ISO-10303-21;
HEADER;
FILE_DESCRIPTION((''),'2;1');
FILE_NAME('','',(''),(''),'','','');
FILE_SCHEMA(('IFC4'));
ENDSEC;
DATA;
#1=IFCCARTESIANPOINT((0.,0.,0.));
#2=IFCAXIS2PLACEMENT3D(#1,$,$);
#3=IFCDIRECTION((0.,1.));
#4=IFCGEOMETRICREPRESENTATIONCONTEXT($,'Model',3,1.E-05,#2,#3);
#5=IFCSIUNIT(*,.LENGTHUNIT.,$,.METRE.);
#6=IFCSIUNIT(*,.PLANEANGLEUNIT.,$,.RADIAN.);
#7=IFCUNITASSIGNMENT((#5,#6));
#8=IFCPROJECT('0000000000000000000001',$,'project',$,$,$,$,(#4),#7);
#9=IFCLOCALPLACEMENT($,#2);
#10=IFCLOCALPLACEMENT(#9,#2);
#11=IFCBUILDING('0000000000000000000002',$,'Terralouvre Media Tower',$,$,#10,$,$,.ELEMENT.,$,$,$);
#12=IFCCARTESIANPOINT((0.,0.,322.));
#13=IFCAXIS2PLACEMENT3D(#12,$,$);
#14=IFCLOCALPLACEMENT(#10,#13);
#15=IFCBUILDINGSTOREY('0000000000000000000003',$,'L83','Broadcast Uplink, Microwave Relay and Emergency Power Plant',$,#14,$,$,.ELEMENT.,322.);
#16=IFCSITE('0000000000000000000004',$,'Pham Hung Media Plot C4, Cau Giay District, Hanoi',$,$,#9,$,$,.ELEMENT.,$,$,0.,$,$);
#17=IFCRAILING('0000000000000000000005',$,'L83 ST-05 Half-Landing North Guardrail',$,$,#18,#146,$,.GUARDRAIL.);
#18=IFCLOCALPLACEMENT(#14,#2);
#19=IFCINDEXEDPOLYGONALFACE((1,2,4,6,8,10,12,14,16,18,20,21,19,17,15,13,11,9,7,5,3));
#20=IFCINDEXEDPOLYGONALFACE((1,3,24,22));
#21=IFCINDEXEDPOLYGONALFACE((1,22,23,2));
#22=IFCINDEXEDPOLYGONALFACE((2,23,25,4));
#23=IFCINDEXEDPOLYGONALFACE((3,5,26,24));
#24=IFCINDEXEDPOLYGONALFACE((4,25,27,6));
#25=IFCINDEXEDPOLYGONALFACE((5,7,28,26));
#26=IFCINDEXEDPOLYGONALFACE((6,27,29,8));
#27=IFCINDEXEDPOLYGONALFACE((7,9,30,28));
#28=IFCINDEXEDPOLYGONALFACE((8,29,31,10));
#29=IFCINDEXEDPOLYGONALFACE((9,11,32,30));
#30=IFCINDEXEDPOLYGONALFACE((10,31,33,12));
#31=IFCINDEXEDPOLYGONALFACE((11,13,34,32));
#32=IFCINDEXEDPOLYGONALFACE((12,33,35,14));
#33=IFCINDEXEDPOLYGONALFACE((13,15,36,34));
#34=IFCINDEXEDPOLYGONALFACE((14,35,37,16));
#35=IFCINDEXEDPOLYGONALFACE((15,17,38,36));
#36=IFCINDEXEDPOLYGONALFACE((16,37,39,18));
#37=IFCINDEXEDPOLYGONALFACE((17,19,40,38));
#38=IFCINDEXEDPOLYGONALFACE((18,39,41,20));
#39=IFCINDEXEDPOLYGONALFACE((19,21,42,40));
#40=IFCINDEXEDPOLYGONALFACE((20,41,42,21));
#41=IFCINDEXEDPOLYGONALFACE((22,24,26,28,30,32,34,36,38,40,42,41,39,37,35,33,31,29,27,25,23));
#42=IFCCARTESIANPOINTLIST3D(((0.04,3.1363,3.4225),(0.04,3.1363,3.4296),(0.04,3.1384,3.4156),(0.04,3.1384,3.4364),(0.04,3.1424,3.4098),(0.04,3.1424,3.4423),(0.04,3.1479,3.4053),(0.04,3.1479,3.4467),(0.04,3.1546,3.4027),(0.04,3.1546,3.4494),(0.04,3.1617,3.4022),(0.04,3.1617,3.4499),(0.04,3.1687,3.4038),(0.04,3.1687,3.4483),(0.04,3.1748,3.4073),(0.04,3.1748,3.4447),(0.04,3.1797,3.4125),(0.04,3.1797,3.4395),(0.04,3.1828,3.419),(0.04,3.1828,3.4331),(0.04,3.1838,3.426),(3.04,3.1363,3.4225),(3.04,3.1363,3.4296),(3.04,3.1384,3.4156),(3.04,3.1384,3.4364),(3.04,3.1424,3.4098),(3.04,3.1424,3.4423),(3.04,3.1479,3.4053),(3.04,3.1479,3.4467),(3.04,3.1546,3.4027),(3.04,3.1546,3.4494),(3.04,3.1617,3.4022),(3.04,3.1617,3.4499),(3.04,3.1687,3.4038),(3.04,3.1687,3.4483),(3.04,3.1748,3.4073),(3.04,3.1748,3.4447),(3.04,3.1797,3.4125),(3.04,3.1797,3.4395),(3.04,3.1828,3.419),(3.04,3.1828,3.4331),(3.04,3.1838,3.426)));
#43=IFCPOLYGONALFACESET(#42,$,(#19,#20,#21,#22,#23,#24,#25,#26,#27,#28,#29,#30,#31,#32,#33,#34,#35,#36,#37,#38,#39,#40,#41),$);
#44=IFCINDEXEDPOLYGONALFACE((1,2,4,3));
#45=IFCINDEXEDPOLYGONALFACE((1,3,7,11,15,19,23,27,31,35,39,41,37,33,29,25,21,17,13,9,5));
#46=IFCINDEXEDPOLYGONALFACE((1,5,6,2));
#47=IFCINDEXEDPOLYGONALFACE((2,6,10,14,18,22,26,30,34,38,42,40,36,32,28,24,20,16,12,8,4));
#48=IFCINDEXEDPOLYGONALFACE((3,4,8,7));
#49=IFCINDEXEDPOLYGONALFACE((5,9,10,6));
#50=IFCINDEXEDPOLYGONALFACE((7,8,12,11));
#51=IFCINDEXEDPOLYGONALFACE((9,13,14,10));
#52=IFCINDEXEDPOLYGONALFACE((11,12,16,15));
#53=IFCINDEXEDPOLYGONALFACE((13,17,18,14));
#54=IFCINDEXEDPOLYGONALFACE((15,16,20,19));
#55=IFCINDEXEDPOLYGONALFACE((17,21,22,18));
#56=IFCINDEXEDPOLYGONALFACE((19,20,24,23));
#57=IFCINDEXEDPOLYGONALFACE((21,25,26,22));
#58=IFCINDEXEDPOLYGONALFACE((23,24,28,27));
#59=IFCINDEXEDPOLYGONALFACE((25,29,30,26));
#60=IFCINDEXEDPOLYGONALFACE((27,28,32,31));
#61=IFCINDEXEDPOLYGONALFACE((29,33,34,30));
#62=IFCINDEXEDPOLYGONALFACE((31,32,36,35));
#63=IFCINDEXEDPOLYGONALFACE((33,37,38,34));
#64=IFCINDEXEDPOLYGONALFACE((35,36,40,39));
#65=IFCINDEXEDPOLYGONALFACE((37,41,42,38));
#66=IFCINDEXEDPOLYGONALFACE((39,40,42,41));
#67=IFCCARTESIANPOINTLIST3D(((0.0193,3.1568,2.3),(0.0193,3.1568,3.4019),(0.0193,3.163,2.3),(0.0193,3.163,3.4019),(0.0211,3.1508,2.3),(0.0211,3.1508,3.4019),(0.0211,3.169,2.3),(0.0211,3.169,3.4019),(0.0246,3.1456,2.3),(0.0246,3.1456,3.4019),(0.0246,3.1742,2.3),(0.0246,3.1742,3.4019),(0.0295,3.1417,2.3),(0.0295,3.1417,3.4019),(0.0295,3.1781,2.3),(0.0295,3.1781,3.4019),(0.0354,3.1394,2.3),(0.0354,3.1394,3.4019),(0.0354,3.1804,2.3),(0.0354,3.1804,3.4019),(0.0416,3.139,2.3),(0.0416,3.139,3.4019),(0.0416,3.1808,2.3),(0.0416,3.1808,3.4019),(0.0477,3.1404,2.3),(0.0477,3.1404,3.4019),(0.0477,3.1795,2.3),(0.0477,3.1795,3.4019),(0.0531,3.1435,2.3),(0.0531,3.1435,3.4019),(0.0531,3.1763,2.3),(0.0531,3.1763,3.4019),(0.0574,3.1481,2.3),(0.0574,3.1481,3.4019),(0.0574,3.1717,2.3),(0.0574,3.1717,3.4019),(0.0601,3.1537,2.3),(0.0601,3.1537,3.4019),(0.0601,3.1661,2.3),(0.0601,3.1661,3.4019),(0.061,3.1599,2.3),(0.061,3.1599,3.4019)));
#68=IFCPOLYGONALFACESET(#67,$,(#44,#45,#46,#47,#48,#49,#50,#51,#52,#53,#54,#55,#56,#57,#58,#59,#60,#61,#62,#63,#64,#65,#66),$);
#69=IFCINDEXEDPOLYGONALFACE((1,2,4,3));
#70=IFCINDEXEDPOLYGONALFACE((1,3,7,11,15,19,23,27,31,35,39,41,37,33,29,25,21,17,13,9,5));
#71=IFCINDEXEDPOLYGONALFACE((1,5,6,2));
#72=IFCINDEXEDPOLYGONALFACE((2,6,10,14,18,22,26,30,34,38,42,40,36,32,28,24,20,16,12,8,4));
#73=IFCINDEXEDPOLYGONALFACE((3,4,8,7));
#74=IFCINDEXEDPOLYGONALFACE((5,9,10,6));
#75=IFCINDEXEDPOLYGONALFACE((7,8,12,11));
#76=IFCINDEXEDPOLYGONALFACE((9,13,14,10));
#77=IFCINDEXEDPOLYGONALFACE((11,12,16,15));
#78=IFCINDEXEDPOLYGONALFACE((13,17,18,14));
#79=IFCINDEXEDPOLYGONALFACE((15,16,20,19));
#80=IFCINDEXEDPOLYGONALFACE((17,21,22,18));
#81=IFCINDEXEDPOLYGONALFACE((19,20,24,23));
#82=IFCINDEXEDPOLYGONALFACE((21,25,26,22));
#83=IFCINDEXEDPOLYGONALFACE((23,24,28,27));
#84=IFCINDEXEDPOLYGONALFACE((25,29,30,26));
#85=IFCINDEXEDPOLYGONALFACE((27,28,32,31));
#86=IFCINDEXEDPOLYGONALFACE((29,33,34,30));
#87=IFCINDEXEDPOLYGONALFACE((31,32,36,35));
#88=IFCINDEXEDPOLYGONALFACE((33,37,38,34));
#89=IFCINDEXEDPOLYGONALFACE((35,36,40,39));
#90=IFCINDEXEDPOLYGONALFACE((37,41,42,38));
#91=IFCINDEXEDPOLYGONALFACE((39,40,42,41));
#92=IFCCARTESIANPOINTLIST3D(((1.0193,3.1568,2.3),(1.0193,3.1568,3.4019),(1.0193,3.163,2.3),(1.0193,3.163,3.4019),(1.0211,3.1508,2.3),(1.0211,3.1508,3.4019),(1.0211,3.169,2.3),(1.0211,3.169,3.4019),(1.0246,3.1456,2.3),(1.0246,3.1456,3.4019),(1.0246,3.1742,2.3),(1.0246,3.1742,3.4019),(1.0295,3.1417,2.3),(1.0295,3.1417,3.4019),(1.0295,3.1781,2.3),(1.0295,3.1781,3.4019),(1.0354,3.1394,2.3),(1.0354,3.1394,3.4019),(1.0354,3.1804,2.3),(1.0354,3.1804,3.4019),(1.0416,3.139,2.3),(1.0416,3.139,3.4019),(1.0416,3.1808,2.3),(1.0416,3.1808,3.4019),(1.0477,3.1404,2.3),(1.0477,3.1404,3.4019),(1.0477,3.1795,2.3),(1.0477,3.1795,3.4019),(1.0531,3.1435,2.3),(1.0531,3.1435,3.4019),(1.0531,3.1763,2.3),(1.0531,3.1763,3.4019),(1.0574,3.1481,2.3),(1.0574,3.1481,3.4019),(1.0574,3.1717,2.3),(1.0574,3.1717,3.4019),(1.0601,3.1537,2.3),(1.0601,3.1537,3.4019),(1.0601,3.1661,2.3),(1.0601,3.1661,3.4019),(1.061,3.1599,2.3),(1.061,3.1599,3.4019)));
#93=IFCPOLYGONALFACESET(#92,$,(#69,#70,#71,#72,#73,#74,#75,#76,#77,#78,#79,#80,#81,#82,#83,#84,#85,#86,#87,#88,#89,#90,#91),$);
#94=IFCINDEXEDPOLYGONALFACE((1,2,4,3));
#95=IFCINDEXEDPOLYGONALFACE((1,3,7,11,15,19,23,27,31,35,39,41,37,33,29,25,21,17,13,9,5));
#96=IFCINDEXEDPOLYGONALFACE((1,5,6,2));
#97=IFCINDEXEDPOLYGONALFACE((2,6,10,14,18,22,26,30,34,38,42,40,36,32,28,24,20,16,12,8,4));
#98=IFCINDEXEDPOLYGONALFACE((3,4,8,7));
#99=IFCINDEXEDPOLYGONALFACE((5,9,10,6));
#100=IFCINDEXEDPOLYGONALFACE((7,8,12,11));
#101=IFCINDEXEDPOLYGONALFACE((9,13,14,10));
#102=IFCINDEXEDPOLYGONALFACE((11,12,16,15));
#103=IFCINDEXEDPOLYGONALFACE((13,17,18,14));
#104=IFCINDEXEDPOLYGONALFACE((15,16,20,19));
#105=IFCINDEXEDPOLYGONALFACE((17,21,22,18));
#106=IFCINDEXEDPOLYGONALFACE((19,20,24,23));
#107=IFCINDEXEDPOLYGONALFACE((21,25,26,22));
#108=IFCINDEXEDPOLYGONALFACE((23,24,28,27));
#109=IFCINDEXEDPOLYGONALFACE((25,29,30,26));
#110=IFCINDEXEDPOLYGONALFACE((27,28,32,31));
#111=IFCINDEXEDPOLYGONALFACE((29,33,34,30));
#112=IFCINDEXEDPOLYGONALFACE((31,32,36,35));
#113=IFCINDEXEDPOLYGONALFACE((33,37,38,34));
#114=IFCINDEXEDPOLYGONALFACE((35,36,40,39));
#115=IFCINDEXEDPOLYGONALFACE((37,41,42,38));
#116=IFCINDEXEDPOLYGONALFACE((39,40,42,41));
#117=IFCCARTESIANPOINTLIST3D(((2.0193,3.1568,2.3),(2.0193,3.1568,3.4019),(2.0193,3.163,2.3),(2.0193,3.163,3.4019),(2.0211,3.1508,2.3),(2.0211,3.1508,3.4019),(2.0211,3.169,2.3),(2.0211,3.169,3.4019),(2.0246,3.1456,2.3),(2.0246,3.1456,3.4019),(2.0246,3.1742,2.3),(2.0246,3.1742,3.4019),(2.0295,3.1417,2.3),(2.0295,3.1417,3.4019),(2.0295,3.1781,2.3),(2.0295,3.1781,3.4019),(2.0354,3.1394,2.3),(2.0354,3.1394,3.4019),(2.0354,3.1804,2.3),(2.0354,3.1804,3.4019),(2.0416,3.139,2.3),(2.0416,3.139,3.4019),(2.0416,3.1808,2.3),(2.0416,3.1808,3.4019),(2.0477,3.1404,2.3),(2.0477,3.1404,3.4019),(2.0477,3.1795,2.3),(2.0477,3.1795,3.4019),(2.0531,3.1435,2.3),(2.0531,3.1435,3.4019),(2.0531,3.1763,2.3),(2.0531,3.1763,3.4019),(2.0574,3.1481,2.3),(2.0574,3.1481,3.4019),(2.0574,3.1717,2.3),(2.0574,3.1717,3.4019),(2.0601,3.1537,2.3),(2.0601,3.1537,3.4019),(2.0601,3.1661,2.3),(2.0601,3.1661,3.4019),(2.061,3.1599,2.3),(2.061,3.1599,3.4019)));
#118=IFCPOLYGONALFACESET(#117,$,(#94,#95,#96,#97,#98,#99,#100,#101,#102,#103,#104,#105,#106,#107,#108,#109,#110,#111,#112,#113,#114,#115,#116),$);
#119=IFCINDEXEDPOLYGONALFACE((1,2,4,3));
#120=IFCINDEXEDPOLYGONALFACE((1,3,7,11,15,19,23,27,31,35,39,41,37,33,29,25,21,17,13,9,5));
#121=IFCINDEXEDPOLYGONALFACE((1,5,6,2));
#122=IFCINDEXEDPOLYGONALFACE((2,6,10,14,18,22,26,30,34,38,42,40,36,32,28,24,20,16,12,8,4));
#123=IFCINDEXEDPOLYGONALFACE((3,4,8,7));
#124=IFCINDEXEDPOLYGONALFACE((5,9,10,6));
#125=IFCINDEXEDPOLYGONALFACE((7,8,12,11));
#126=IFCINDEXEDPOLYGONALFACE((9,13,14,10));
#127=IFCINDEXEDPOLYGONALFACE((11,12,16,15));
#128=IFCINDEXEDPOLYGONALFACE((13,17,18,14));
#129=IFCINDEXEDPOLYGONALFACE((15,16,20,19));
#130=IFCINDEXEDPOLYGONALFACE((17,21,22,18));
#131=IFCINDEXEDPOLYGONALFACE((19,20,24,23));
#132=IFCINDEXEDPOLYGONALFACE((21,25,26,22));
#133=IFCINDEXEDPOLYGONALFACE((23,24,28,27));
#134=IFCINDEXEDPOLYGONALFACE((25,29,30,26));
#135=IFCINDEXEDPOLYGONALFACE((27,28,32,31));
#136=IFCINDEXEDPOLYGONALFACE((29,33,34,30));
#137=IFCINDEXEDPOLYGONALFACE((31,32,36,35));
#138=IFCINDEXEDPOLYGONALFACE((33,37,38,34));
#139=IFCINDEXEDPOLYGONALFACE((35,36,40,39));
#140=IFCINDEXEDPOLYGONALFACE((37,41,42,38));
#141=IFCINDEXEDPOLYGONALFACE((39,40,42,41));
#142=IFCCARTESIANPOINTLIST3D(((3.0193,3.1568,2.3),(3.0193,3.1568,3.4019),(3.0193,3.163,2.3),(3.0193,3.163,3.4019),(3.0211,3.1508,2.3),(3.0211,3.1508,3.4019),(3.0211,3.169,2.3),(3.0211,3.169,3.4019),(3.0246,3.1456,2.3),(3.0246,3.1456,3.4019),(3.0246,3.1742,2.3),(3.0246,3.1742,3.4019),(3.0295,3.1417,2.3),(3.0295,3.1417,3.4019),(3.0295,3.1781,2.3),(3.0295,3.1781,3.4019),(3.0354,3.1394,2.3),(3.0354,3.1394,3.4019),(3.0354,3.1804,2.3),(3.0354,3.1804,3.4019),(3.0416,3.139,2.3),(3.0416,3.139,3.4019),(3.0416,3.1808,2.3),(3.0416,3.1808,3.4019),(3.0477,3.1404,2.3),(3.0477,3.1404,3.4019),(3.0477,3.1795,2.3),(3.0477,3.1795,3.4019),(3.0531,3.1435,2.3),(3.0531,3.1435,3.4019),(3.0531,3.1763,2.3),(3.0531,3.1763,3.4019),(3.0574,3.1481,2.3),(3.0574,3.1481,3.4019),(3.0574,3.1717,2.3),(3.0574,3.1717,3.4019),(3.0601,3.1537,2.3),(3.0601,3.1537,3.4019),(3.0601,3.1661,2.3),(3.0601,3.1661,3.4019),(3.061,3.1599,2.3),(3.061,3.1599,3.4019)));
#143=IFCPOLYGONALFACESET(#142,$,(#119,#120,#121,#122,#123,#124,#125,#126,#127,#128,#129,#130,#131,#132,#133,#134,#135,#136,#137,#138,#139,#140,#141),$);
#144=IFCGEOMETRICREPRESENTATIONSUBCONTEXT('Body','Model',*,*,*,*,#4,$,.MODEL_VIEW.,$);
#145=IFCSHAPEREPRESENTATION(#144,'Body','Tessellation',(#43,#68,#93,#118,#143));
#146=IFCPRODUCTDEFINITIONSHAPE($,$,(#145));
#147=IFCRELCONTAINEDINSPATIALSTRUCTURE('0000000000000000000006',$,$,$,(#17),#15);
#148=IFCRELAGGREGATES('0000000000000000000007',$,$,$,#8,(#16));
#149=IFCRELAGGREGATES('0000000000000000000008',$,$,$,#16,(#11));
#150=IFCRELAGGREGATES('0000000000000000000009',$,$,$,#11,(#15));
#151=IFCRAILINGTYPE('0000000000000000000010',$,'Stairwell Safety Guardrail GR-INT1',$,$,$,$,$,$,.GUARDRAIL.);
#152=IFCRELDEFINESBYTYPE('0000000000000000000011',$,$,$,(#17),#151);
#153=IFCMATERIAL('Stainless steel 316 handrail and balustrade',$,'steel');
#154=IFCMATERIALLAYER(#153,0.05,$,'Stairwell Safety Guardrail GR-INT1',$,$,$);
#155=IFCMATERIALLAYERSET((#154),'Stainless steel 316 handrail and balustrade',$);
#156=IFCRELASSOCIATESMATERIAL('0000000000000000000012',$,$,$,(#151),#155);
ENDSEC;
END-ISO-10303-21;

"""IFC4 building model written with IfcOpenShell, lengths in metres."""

from ifc_helpers import new_model, si_unit, direction, frame, origin, origin_2d, place, context, subcontext, project, spatial, circle, extrude, material, layer, layer_set, type_object, element, save


model = new_model("IFC4")

# Units and contexts
model_context = context("Model", 3, precision=1e-05, world=origin(), true_north=direction((0.0, 1.0)))
body_context = subcontext(model_context, "Body", "Model", "MODEL_VIEW")
ifc_project = project(units=[si_unit("LENGTHUNIT", "METRE"), si_unit("PLANEANGLEUNIT", "RADIAN")], contexts=[model_context])

# Site, building, storey
site_placement = place(None, origin())
site = spatial("IfcSite", under=ifc_project, at=site_placement, Name="Pham Hung Media Plot C4, Cau Giay District, Hanoi", CompositionType="ELEMENT", RefElevation=0.0)
building_placement = place(site_placement, origin())
building = spatial("IfcBuilding", under=site, at=building_placement, Name="Terralouvre Media Tower", CompositionType="ELEMENT")
storey_placement = place(building_placement, frame((0.0, 0.0, 322.0)))
storey = spatial("IfcBuildingStorey", under=building, at=storey_placement, Name="L83", Description="Broadcast Uplink, Microwave Relay and Emergency Power Plant", CompositionType="ELEMENT", Elevation=322.0)

# Railing
ifc_material_1 = material(Name="Stainless steel 316 handrail and balustrade", Category="steel")
ifc_layer_1 = layer(ifc_material_1, 0.05, Name="Stairwell Safety Guardrail GR-INT1")
ifc_layer_set_1 = layer_set([ifc_layer_1], Name="Stainless steel 316 handrail and balustrade")
railing_type_1 = type_object("IfcRailingType", Name="Stairwell Safety Guardrail GR-INT1", PredefinedType="GUARDRAIL", material=ifc_layer_set_1)
railing_1_placement = place(storey_placement, frame((0.04, 3.1599, 2.3)))
element("IfcRailing", 1, at=railing_1_placement, inside=storey, type_object=railing_type_1, Name="L83 ST-05 Half-Landing North Guardrail", PredefinedType="GUARDRAIL", context=body_context, shape_type="SweptSolid", body=[
    extrude(circle(Radius=0.0239, at=origin_2d()), frame((0.0, 0.0, 1.126), z_axis=(1.0, 0.0, 0.0), x_axis=(0.0, 1.0, 0.0)), (0.0, 0.0, 1.0), 3.0),
    extrude(circle(Radius=0.021, at=origin_2d()), origin(), (0.0, 0.0, 1.0), 1.1018),
    extrude(circle(Radius=0.021, at=origin_2d()), frame((1.0, 0.0, 0.0)), (0.0, 0.0, 1.0), 1.1018),
    extrude(circle(Radius=0.021, at=origin_2d()), frame((2.0, 0.0, 0.0)), (0.0, 0.0, 1.0), 1.1018),
    extrude(circle(Radius=0.021, at=origin_2d()), frame((3.0, 0.0, 0.0)), (0.0, 0.0, 1.0), 1.1018),
])

save(model, "model.ifc")
